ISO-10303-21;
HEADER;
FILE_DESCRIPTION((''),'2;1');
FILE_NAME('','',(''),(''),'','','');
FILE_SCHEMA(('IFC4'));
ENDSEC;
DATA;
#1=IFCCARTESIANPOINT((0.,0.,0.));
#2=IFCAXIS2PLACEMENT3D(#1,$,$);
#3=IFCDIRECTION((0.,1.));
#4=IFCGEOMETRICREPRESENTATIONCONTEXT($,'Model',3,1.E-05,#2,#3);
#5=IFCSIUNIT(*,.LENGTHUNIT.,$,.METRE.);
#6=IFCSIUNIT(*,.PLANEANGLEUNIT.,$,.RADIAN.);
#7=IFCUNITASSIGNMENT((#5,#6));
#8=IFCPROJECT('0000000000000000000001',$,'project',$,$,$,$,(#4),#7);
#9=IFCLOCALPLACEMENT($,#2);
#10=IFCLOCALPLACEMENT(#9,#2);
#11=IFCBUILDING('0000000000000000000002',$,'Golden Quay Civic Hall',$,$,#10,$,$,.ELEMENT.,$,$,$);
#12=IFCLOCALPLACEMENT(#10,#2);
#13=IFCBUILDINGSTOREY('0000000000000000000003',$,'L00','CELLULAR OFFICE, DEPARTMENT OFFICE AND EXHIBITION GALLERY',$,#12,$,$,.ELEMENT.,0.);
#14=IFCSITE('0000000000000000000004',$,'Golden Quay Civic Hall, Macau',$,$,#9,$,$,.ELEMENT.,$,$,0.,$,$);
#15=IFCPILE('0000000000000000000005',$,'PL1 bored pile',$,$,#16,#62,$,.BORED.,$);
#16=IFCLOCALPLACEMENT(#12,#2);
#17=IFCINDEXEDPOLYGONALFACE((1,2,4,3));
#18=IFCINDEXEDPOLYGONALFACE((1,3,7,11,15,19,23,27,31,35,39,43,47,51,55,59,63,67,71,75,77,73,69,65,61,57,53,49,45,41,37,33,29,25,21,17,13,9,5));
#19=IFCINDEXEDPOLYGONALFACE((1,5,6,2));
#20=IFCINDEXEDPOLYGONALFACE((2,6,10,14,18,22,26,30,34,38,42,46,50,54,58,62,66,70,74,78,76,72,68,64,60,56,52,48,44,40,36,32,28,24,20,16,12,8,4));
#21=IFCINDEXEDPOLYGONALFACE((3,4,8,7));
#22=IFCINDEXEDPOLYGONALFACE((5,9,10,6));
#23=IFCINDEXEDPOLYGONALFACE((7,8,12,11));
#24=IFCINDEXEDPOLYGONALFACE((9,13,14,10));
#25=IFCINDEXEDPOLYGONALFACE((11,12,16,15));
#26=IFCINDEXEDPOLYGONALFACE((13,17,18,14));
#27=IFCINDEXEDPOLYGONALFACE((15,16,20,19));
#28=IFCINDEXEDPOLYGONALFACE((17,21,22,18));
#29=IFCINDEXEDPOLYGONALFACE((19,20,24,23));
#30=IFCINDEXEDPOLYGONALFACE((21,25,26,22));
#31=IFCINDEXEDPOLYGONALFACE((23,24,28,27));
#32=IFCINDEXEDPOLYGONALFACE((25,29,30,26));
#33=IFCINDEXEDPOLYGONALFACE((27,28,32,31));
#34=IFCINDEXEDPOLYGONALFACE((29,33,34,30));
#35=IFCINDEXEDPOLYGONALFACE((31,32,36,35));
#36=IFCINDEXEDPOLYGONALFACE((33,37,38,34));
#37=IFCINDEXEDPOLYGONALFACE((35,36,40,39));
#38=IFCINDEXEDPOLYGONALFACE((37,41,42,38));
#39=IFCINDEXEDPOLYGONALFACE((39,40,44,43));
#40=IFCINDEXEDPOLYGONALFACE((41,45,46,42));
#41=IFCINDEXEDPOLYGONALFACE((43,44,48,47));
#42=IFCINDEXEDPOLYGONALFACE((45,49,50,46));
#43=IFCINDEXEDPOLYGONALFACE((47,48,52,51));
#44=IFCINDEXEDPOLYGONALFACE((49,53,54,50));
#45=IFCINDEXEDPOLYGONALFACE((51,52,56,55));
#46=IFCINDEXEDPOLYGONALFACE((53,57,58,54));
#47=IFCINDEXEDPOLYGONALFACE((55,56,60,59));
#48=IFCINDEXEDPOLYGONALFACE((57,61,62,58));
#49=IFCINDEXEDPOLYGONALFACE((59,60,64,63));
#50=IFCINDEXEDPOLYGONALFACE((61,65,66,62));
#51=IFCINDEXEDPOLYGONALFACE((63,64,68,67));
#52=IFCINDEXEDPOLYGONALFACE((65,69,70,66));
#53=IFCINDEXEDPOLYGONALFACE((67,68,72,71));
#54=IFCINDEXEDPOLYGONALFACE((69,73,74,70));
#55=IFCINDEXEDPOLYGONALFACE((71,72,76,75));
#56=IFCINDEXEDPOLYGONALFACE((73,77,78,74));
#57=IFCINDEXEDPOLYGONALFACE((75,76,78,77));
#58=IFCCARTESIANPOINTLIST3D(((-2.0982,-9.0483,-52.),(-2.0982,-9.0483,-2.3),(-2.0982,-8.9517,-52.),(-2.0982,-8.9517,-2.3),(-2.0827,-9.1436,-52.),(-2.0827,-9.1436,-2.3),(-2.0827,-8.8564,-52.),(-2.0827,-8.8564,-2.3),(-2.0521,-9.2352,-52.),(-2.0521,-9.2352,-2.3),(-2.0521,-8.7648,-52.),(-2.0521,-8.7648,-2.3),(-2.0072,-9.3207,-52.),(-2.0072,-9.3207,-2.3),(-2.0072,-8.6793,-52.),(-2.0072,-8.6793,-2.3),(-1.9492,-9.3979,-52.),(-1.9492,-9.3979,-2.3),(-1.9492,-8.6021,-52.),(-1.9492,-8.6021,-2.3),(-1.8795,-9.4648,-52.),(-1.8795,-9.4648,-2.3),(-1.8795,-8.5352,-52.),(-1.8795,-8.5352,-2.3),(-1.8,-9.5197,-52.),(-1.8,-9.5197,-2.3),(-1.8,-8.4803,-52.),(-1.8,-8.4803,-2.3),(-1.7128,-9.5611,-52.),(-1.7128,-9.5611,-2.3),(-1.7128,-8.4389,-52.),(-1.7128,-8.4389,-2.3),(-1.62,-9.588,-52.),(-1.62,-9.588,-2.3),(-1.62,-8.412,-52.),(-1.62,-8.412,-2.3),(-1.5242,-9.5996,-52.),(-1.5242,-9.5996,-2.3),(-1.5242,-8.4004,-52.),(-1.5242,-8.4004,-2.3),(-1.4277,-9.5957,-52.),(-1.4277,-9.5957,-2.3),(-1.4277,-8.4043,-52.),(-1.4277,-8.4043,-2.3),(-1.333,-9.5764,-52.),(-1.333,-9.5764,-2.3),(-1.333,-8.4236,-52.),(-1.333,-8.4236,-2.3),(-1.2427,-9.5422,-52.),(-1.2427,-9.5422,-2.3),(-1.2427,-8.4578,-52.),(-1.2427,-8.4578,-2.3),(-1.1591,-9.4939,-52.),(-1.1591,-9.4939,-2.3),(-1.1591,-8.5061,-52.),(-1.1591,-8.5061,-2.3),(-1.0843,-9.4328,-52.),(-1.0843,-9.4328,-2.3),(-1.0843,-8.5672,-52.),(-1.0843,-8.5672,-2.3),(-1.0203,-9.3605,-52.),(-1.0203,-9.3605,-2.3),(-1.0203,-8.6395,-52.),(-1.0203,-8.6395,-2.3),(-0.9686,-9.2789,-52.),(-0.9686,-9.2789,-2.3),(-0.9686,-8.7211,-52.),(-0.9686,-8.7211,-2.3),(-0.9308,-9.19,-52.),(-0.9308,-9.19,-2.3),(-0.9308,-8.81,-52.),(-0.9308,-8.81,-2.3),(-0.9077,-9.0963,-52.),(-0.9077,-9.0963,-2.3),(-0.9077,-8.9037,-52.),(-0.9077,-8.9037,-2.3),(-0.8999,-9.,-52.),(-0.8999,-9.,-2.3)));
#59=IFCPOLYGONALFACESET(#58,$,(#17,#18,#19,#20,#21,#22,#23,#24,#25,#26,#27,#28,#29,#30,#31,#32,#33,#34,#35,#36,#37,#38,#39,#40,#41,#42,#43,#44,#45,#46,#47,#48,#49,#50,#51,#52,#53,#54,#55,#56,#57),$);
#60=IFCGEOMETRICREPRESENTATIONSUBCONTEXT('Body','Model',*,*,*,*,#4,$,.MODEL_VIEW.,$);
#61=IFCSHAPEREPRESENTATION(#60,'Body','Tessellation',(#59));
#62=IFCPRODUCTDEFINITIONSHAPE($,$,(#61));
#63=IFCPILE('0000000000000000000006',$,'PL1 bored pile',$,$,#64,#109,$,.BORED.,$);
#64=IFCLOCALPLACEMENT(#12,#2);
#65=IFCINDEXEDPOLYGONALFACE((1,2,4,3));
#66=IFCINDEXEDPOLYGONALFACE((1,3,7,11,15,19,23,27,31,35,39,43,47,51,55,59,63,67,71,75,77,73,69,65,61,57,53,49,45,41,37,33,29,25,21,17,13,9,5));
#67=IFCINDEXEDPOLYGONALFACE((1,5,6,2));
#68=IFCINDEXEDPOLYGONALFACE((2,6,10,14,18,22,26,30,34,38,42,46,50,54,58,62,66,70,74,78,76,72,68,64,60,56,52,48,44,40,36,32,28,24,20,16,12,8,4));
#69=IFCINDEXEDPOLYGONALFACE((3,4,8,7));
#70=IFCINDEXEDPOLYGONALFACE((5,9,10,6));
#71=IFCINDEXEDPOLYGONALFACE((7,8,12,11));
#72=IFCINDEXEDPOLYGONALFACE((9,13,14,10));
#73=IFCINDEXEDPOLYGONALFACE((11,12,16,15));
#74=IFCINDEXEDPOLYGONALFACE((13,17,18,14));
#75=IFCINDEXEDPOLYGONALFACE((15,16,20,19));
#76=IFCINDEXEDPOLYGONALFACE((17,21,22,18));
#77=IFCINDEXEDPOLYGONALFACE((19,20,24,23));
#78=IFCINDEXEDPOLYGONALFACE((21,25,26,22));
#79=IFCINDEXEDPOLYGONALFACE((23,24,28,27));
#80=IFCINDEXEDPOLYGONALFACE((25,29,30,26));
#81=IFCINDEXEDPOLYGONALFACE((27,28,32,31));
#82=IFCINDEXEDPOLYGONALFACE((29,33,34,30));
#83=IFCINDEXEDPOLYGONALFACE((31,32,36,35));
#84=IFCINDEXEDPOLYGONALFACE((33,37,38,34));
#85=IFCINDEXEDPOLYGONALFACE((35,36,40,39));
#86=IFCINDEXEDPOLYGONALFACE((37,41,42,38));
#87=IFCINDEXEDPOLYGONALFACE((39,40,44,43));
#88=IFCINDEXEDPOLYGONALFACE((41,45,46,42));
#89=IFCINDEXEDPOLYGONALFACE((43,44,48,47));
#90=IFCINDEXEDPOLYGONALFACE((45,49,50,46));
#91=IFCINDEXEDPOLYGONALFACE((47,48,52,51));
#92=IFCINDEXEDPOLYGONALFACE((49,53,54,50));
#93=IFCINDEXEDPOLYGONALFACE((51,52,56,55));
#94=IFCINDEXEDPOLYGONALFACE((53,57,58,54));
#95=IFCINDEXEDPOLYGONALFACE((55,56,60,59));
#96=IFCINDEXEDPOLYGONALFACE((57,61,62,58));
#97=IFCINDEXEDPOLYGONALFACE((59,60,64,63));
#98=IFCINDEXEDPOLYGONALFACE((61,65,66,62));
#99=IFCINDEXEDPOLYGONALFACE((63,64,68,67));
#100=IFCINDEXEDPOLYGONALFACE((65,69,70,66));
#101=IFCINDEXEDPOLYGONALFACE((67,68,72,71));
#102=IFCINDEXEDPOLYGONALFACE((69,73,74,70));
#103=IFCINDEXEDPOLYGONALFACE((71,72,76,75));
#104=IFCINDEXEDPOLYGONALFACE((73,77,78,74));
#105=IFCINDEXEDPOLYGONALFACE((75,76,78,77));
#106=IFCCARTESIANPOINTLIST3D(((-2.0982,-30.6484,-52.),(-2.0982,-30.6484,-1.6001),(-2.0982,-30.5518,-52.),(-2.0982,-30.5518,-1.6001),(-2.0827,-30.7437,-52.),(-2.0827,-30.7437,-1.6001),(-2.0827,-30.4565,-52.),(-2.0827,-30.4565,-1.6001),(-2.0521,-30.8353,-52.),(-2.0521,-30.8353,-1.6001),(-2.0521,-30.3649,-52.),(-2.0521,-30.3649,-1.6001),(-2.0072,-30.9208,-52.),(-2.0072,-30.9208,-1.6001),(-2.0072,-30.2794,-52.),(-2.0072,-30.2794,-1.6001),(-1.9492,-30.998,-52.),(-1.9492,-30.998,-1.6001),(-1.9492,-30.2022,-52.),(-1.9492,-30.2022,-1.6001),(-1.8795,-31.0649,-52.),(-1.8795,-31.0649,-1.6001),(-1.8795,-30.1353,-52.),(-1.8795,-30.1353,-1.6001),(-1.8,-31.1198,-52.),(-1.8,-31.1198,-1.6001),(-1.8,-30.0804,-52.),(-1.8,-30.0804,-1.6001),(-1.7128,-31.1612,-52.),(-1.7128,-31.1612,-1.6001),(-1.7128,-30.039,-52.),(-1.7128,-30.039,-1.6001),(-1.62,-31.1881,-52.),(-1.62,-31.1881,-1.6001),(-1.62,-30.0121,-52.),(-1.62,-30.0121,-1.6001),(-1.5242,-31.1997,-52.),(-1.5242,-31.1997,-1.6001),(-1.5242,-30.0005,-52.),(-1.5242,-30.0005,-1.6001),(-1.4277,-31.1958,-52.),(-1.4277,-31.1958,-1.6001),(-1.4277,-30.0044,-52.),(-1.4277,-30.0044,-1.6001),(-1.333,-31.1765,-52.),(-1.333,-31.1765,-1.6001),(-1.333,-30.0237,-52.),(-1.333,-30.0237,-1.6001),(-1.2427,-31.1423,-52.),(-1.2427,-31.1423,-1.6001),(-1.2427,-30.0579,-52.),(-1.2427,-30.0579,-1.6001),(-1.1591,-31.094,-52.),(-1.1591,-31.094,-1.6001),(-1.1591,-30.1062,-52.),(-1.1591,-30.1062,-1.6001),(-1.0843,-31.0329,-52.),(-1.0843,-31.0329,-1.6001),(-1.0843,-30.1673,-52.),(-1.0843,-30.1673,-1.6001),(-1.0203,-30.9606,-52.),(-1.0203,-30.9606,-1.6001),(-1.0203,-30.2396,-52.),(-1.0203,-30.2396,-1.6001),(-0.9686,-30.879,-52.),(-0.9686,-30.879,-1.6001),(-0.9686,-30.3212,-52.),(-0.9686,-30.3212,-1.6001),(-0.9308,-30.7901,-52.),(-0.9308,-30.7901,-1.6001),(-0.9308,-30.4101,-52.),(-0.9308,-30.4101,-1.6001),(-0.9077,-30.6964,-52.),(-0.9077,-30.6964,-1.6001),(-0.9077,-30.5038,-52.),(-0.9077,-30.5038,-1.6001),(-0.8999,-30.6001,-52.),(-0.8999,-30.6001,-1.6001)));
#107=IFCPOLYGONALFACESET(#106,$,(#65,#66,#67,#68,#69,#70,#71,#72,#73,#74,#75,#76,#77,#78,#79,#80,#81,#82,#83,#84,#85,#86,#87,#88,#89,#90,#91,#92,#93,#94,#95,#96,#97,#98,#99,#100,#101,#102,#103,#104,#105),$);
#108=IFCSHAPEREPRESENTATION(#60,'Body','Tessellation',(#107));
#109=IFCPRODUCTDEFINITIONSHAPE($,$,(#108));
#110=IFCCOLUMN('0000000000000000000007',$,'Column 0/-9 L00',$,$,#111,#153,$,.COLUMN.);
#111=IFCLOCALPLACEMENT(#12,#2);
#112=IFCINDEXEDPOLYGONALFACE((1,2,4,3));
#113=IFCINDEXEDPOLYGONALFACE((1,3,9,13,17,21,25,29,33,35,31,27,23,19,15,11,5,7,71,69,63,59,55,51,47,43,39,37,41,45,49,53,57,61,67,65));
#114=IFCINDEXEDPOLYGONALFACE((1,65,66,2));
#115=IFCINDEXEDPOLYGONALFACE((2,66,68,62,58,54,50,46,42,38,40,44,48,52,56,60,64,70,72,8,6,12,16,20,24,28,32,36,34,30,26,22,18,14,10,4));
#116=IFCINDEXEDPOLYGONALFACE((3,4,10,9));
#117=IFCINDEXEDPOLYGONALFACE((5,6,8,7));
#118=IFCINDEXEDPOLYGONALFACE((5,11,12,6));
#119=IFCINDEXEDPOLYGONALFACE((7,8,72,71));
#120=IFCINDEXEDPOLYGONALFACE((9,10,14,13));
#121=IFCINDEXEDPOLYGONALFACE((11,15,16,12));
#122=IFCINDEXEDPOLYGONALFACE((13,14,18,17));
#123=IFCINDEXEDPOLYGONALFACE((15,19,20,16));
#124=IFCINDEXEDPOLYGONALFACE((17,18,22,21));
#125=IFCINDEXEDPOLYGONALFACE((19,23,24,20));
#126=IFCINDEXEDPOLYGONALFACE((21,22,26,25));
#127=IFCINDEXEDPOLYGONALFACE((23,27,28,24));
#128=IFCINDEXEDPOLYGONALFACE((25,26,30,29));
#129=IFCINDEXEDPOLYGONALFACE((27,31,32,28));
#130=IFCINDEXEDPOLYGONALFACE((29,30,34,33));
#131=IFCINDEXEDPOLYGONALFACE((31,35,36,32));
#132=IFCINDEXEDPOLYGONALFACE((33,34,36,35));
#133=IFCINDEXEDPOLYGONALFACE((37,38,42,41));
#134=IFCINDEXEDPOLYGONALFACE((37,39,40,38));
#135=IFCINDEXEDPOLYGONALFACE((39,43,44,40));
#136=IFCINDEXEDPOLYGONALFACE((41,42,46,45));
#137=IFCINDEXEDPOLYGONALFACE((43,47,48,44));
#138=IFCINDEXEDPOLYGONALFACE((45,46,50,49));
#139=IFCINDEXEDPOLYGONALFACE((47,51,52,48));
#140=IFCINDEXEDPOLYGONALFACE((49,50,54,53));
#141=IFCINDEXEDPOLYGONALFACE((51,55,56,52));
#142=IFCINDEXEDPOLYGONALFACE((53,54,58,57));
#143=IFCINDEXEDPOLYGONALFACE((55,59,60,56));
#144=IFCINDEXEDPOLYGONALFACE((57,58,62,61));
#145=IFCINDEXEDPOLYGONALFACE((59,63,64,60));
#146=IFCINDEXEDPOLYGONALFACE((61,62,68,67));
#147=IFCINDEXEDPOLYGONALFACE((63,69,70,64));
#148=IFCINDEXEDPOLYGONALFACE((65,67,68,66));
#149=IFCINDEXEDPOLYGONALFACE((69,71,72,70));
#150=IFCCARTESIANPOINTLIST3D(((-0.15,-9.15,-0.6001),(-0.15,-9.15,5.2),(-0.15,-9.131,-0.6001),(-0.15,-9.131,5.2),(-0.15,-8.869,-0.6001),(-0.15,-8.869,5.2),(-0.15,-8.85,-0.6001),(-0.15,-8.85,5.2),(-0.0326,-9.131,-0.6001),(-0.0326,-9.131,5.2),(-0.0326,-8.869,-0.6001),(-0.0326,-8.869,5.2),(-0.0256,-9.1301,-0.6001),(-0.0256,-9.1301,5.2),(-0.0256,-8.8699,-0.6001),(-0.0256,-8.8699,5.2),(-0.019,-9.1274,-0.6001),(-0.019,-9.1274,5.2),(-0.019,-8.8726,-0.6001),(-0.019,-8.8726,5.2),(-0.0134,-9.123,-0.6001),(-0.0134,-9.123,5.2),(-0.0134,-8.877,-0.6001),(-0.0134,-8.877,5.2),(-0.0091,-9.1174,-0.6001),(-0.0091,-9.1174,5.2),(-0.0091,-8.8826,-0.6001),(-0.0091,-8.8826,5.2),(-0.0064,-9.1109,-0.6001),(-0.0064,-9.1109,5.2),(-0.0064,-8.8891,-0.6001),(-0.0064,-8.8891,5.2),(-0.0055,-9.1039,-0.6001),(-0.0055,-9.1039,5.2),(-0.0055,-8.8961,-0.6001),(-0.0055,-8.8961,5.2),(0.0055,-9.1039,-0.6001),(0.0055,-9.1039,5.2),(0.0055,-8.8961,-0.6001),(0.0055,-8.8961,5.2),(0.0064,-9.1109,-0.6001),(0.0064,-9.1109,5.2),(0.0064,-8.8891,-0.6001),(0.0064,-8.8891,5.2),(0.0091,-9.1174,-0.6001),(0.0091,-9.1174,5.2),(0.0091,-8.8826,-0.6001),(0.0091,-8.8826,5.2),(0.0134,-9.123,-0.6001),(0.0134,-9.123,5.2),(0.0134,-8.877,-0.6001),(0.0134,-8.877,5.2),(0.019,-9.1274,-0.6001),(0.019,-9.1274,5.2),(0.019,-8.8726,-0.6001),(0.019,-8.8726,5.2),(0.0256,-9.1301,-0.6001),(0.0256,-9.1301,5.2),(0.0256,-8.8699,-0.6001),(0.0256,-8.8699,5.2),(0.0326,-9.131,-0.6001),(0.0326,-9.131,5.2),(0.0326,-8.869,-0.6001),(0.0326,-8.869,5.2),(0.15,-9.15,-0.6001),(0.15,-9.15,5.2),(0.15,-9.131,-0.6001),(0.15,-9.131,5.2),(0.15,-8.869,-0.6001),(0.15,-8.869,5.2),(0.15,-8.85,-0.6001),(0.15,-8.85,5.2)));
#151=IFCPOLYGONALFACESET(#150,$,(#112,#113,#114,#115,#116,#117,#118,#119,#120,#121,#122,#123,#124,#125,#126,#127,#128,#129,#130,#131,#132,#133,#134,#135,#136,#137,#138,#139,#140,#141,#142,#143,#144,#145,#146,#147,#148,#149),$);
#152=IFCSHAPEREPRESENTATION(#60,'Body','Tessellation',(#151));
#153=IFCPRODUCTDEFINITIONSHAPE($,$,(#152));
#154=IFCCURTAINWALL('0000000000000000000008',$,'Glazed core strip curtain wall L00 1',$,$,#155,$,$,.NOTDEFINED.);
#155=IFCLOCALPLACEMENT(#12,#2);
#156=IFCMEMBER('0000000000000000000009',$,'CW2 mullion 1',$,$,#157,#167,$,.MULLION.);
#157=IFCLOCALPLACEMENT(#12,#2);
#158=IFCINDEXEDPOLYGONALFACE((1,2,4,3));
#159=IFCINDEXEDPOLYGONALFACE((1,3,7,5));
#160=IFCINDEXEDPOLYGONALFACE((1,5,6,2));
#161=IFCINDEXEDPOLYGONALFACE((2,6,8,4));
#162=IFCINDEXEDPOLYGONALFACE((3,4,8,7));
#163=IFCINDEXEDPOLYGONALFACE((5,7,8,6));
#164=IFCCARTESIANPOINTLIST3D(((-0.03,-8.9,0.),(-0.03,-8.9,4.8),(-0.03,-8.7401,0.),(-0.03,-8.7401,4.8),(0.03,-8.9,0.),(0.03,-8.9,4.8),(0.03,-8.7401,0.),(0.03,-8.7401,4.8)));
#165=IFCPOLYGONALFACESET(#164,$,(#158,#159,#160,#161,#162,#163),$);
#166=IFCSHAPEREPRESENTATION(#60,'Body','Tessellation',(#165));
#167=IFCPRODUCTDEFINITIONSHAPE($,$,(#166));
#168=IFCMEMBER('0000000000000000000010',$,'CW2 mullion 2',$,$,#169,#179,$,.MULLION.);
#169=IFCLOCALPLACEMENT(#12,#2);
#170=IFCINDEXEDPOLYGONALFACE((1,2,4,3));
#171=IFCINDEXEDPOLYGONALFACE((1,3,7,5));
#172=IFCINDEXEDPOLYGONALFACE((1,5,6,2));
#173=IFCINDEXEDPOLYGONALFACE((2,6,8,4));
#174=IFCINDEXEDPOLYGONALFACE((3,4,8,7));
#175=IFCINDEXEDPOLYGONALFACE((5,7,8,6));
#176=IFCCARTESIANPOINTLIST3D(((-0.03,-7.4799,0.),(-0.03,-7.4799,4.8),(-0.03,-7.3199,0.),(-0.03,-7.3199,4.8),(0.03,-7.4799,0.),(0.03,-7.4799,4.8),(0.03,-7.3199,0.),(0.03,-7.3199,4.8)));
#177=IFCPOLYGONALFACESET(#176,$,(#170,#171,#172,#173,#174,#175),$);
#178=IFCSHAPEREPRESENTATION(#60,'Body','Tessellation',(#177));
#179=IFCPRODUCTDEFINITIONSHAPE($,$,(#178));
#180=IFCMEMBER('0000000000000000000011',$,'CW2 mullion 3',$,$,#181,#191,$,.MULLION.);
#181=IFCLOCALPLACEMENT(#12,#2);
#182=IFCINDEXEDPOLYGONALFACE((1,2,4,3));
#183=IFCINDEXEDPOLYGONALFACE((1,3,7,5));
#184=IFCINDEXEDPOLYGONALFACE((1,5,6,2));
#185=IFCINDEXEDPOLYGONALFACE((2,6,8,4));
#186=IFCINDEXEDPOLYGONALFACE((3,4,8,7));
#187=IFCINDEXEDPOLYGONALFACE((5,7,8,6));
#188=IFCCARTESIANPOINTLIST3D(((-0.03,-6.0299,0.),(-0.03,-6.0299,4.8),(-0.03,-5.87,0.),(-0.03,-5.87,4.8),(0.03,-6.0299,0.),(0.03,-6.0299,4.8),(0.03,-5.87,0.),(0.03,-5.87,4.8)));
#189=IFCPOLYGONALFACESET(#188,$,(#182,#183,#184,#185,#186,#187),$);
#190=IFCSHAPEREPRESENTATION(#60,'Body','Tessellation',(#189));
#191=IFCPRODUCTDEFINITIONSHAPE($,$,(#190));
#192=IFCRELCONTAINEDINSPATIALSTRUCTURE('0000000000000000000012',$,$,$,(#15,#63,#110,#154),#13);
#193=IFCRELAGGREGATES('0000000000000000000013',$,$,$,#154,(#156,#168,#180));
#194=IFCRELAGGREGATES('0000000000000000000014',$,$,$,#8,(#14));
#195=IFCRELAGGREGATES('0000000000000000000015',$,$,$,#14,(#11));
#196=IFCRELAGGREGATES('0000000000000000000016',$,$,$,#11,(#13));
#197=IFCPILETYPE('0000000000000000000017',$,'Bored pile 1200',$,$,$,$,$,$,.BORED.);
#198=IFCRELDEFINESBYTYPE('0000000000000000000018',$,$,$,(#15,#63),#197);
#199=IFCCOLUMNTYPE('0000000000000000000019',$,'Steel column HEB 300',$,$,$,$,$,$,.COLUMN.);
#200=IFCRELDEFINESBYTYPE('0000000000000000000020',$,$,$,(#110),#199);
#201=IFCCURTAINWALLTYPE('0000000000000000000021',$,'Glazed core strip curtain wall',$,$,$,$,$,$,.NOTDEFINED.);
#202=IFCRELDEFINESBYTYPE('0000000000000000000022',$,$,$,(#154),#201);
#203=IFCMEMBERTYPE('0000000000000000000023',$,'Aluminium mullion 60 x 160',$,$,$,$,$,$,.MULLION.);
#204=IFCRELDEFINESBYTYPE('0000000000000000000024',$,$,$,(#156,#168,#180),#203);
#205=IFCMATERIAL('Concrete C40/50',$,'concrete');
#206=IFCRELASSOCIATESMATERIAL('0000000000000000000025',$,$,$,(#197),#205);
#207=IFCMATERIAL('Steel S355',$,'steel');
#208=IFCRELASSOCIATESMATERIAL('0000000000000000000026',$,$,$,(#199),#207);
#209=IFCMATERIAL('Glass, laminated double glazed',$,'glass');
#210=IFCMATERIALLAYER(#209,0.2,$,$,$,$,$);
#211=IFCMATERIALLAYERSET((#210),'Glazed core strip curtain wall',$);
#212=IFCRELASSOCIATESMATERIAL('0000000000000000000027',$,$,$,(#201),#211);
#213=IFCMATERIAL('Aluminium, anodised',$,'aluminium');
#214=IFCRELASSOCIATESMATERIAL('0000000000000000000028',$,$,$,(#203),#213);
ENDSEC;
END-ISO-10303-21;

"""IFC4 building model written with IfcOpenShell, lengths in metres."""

from ifc_helpers import new_model, si_unit, direction, frame, origin, origin_2d, place, context, subcontext, project, spatial, rectangle, circle, i_section, extrude, material, layer, layer_set, material_profile, profile_set, type_object, element, aggregate, save


model = new_model("IFC4")

# Units and contexts
model_context = context("Model", 3, precision=1e-05, world=origin(), true_north=direction((0.0, 1.0)))
body_context = subcontext(model_context, "Body", "Model", "MODEL_VIEW")
ifc_project = project(units=[si_unit("LENGTHUNIT", "METRE"), si_unit("PLANEANGLEUNIT", "RADIAN")], contexts=[model_context])

# Site, building, storey
site_placement = place(None, origin())
site = spatial("IfcSite", under=ifc_project, at=site_placement, Name="Golden Quay Civic Hall, Macau", CompositionType="ELEMENT", RefElevation=0.0)
building_placement = place(site_placement, origin())
building = spatial("IfcBuilding", under=site, at=building_placement, Name="Golden Quay Civic Hall", CompositionType="ELEMENT")
storey_placement = place(building_placement, origin())
storey = spatial("IfcBuildingStorey", under=building, at=storey_placement, Name="L00", Description="CELLULAR OFFICE, DEPARTMENT OFFICE AND EXHIBITION GALLERY", CompositionType="ELEMENT", Elevation=0.0)

# Piles
ifc_material_1 = material(Name="Concrete C40/50", Category="concrete")
ifc_material_profile_1 = material_profile(ifc_material_1, circle(Radius=0.6001, at=origin_2d()), Name="RC D1200")
ifc_profile_set_1 = profile_set([ifc_material_profile_1], Name="Concrete C40/50")
pile_type = type_object("IfcPileType", Name="Bored pile 1200", PredefinedType="BORED", material=ifc_profile_set_1)
pile_1_placement = place(storey_placement, frame((-1.5, -9.0, -2.3), z_axis=(0.0, 0.0, -1.0), x_axis=(1.0, 0.0, 0.0)))
element("IfcPile", 1, at=pile_1_placement, inside=storey, type_object=pile_type, Name="PL1 bored pile", PredefinedType="BORED", context=body_context, shape_type="SweptSolid", body=[
    extrude(circle(Radius=0.6001, at=origin_2d()), origin(), (0.0, 0.0, 1.0), 49.7),
])
pile_2_placement = place(storey_placement, frame((-1.5, -30.6001, -1.6001), z_axis=(0.0, 0.0, -1.0), x_axis=(1.0, 0.0, 0.0)))
element("IfcPile", 2, at=pile_2_placement, inside=storey, type_object=pile_type, Name="PL1 bored pile", PredefinedType="BORED", context=body_context, shape_type="SweptSolid", body=[
    extrude(circle(Radius=0.6001, at=origin_2d()), origin(), (0.0, 0.0, 1.0), 50.3999),
])

# Column
ifc_material_2 = material(Name="Steel S355", Category="steel")
ifc_material_profile_2 = material_profile(ifc_material_2, i_section(OverallWidth=0.3, OverallDepth=0.3, WebThickness=0.011, FlangeThickness=0.019, FilletRadius=0.0271, at=origin_2d()), Name="HEB 300")
ifc_profile_set_2 = profile_set([ifc_material_profile_2], Name="Steel S355")
column_type = type_object("IfcColumnType", Name="Steel column HEB 300", PredefinedType="COLUMN", material=ifc_profile_set_2)
column_placement = place(storey_placement, frame((0.0, -9.0, -0.6001), z_axis=(0.0, 0.0, 1.0), x_axis=(1.0, 0.0, 0.0)))
element("IfcColumn", 3, at=column_placement, inside=storey, type_object=column_type, Name="Column 0/-9 L00", PredefinedType="COLUMN", context=body_context, shape_type="SweptSolid", body=[
    extrude(i_section(OverallWidth=0.3, OverallDepth=0.3, WebThickness=0.011, FlangeThickness=0.019, FilletRadius=0.0271, at=origin_2d()), origin(), (0.0, 0.0, 1.0), 5.8),
])

# Curtain wall, members
ifc_material_3 = material(Name="Glass, laminated double glazed", Category="glass")
ifc_layer_1 = layer(ifc_material_3, 0.2)
ifc_layer_set_1 = layer_set([ifc_layer_1], Name="Glazed core strip curtain wall")
curtain_wall_type = type_object("IfcCurtainWallType", Name="Glazed core strip curtain wall", PredefinedType="NOTDEFINED", material=ifc_layer_set_1)
curtain_wall_placement = place(storey_placement, origin())
curtain_wall = element("IfcCurtainWall", 4, at=curtain_wall_placement, inside=storey, type_object=curtain_wall_type, Name="Glazed core strip curtain wall L00 1", PredefinedType="NOTDEFINED")
ifc_material_4 = material(Name="Aluminium, anodised", Category="aluminium")
ifc_material_profile_3 = material_profile(ifc_material_4, rectangle(XDim=0.0601, YDim=0.1599, at=origin_2d()), Name="Aluminium 60 x 160")
ifc_profile_set_3 = profile_set([ifc_material_profile_3], Name="Aluminium, anodised")
member_type_1 = type_object("IfcMemberType", Name="Aluminium mullion 60 x 160", PredefinedType="MULLION", material=ifc_profile_set_3)
member_1_placement = place(storey_placement, frame((0.0, -8.8201, 0.0), z_axis=(0.0, 0.0, 1.0), x_axis=(-1.0, 0.0, 0.0)))
member_1 = element("IfcMember", 5, at=member_1_placement, type_object=member_type_1, Name="CW2 mullion 1", PredefinedType="MULLION", context=body_context, shape_type="SweptSolid", body=[
    extrude(rectangle(XDim=0.0601, YDim=0.1599, at=origin_2d()), origin(), (0.0, 0.0, 1.0), 4.8),
])
member_2_placement = place(storey_placement, frame((0.0, -7.3999, 0.0), z_axis=(0.0, 0.0, 1.0), x_axis=(-1.0, 0.0, 0.0)))
member_2 = element("IfcMember", 6, at=member_2_placement, type_object=member_type_1, Name="CW2 mullion 2", PredefinedType="MULLION", context=body_context, shape_type="SweptSolid", body=[
    extrude(rectangle(XDim=0.0601, YDim=0.1599, at=origin_2d()), origin(), (0.0, 0.0, 1.0), 4.8),
])
member_3_placement = place(storey_placement, frame((0.0, -5.95, 0.0), z_axis=(0.0, 0.0, 1.0), x_axis=(-1.0, 0.0, 0.0)))
member_3 = element("IfcMember", 7, at=member_3_placement, type_object=member_type_1, Name="CW2 mullion 3", PredefinedType="MULLION", context=body_context, shape_type="SweptSolid", body=[
    extrude(rectangle(XDim=0.0601, YDim=0.1599, at=origin_2d()), origin(), (0.0, 0.0, 1.0), 4.8),
])
aggregate(curtain_wall, [member_1, member_2, member_3])

save(model, "model.ifc")
